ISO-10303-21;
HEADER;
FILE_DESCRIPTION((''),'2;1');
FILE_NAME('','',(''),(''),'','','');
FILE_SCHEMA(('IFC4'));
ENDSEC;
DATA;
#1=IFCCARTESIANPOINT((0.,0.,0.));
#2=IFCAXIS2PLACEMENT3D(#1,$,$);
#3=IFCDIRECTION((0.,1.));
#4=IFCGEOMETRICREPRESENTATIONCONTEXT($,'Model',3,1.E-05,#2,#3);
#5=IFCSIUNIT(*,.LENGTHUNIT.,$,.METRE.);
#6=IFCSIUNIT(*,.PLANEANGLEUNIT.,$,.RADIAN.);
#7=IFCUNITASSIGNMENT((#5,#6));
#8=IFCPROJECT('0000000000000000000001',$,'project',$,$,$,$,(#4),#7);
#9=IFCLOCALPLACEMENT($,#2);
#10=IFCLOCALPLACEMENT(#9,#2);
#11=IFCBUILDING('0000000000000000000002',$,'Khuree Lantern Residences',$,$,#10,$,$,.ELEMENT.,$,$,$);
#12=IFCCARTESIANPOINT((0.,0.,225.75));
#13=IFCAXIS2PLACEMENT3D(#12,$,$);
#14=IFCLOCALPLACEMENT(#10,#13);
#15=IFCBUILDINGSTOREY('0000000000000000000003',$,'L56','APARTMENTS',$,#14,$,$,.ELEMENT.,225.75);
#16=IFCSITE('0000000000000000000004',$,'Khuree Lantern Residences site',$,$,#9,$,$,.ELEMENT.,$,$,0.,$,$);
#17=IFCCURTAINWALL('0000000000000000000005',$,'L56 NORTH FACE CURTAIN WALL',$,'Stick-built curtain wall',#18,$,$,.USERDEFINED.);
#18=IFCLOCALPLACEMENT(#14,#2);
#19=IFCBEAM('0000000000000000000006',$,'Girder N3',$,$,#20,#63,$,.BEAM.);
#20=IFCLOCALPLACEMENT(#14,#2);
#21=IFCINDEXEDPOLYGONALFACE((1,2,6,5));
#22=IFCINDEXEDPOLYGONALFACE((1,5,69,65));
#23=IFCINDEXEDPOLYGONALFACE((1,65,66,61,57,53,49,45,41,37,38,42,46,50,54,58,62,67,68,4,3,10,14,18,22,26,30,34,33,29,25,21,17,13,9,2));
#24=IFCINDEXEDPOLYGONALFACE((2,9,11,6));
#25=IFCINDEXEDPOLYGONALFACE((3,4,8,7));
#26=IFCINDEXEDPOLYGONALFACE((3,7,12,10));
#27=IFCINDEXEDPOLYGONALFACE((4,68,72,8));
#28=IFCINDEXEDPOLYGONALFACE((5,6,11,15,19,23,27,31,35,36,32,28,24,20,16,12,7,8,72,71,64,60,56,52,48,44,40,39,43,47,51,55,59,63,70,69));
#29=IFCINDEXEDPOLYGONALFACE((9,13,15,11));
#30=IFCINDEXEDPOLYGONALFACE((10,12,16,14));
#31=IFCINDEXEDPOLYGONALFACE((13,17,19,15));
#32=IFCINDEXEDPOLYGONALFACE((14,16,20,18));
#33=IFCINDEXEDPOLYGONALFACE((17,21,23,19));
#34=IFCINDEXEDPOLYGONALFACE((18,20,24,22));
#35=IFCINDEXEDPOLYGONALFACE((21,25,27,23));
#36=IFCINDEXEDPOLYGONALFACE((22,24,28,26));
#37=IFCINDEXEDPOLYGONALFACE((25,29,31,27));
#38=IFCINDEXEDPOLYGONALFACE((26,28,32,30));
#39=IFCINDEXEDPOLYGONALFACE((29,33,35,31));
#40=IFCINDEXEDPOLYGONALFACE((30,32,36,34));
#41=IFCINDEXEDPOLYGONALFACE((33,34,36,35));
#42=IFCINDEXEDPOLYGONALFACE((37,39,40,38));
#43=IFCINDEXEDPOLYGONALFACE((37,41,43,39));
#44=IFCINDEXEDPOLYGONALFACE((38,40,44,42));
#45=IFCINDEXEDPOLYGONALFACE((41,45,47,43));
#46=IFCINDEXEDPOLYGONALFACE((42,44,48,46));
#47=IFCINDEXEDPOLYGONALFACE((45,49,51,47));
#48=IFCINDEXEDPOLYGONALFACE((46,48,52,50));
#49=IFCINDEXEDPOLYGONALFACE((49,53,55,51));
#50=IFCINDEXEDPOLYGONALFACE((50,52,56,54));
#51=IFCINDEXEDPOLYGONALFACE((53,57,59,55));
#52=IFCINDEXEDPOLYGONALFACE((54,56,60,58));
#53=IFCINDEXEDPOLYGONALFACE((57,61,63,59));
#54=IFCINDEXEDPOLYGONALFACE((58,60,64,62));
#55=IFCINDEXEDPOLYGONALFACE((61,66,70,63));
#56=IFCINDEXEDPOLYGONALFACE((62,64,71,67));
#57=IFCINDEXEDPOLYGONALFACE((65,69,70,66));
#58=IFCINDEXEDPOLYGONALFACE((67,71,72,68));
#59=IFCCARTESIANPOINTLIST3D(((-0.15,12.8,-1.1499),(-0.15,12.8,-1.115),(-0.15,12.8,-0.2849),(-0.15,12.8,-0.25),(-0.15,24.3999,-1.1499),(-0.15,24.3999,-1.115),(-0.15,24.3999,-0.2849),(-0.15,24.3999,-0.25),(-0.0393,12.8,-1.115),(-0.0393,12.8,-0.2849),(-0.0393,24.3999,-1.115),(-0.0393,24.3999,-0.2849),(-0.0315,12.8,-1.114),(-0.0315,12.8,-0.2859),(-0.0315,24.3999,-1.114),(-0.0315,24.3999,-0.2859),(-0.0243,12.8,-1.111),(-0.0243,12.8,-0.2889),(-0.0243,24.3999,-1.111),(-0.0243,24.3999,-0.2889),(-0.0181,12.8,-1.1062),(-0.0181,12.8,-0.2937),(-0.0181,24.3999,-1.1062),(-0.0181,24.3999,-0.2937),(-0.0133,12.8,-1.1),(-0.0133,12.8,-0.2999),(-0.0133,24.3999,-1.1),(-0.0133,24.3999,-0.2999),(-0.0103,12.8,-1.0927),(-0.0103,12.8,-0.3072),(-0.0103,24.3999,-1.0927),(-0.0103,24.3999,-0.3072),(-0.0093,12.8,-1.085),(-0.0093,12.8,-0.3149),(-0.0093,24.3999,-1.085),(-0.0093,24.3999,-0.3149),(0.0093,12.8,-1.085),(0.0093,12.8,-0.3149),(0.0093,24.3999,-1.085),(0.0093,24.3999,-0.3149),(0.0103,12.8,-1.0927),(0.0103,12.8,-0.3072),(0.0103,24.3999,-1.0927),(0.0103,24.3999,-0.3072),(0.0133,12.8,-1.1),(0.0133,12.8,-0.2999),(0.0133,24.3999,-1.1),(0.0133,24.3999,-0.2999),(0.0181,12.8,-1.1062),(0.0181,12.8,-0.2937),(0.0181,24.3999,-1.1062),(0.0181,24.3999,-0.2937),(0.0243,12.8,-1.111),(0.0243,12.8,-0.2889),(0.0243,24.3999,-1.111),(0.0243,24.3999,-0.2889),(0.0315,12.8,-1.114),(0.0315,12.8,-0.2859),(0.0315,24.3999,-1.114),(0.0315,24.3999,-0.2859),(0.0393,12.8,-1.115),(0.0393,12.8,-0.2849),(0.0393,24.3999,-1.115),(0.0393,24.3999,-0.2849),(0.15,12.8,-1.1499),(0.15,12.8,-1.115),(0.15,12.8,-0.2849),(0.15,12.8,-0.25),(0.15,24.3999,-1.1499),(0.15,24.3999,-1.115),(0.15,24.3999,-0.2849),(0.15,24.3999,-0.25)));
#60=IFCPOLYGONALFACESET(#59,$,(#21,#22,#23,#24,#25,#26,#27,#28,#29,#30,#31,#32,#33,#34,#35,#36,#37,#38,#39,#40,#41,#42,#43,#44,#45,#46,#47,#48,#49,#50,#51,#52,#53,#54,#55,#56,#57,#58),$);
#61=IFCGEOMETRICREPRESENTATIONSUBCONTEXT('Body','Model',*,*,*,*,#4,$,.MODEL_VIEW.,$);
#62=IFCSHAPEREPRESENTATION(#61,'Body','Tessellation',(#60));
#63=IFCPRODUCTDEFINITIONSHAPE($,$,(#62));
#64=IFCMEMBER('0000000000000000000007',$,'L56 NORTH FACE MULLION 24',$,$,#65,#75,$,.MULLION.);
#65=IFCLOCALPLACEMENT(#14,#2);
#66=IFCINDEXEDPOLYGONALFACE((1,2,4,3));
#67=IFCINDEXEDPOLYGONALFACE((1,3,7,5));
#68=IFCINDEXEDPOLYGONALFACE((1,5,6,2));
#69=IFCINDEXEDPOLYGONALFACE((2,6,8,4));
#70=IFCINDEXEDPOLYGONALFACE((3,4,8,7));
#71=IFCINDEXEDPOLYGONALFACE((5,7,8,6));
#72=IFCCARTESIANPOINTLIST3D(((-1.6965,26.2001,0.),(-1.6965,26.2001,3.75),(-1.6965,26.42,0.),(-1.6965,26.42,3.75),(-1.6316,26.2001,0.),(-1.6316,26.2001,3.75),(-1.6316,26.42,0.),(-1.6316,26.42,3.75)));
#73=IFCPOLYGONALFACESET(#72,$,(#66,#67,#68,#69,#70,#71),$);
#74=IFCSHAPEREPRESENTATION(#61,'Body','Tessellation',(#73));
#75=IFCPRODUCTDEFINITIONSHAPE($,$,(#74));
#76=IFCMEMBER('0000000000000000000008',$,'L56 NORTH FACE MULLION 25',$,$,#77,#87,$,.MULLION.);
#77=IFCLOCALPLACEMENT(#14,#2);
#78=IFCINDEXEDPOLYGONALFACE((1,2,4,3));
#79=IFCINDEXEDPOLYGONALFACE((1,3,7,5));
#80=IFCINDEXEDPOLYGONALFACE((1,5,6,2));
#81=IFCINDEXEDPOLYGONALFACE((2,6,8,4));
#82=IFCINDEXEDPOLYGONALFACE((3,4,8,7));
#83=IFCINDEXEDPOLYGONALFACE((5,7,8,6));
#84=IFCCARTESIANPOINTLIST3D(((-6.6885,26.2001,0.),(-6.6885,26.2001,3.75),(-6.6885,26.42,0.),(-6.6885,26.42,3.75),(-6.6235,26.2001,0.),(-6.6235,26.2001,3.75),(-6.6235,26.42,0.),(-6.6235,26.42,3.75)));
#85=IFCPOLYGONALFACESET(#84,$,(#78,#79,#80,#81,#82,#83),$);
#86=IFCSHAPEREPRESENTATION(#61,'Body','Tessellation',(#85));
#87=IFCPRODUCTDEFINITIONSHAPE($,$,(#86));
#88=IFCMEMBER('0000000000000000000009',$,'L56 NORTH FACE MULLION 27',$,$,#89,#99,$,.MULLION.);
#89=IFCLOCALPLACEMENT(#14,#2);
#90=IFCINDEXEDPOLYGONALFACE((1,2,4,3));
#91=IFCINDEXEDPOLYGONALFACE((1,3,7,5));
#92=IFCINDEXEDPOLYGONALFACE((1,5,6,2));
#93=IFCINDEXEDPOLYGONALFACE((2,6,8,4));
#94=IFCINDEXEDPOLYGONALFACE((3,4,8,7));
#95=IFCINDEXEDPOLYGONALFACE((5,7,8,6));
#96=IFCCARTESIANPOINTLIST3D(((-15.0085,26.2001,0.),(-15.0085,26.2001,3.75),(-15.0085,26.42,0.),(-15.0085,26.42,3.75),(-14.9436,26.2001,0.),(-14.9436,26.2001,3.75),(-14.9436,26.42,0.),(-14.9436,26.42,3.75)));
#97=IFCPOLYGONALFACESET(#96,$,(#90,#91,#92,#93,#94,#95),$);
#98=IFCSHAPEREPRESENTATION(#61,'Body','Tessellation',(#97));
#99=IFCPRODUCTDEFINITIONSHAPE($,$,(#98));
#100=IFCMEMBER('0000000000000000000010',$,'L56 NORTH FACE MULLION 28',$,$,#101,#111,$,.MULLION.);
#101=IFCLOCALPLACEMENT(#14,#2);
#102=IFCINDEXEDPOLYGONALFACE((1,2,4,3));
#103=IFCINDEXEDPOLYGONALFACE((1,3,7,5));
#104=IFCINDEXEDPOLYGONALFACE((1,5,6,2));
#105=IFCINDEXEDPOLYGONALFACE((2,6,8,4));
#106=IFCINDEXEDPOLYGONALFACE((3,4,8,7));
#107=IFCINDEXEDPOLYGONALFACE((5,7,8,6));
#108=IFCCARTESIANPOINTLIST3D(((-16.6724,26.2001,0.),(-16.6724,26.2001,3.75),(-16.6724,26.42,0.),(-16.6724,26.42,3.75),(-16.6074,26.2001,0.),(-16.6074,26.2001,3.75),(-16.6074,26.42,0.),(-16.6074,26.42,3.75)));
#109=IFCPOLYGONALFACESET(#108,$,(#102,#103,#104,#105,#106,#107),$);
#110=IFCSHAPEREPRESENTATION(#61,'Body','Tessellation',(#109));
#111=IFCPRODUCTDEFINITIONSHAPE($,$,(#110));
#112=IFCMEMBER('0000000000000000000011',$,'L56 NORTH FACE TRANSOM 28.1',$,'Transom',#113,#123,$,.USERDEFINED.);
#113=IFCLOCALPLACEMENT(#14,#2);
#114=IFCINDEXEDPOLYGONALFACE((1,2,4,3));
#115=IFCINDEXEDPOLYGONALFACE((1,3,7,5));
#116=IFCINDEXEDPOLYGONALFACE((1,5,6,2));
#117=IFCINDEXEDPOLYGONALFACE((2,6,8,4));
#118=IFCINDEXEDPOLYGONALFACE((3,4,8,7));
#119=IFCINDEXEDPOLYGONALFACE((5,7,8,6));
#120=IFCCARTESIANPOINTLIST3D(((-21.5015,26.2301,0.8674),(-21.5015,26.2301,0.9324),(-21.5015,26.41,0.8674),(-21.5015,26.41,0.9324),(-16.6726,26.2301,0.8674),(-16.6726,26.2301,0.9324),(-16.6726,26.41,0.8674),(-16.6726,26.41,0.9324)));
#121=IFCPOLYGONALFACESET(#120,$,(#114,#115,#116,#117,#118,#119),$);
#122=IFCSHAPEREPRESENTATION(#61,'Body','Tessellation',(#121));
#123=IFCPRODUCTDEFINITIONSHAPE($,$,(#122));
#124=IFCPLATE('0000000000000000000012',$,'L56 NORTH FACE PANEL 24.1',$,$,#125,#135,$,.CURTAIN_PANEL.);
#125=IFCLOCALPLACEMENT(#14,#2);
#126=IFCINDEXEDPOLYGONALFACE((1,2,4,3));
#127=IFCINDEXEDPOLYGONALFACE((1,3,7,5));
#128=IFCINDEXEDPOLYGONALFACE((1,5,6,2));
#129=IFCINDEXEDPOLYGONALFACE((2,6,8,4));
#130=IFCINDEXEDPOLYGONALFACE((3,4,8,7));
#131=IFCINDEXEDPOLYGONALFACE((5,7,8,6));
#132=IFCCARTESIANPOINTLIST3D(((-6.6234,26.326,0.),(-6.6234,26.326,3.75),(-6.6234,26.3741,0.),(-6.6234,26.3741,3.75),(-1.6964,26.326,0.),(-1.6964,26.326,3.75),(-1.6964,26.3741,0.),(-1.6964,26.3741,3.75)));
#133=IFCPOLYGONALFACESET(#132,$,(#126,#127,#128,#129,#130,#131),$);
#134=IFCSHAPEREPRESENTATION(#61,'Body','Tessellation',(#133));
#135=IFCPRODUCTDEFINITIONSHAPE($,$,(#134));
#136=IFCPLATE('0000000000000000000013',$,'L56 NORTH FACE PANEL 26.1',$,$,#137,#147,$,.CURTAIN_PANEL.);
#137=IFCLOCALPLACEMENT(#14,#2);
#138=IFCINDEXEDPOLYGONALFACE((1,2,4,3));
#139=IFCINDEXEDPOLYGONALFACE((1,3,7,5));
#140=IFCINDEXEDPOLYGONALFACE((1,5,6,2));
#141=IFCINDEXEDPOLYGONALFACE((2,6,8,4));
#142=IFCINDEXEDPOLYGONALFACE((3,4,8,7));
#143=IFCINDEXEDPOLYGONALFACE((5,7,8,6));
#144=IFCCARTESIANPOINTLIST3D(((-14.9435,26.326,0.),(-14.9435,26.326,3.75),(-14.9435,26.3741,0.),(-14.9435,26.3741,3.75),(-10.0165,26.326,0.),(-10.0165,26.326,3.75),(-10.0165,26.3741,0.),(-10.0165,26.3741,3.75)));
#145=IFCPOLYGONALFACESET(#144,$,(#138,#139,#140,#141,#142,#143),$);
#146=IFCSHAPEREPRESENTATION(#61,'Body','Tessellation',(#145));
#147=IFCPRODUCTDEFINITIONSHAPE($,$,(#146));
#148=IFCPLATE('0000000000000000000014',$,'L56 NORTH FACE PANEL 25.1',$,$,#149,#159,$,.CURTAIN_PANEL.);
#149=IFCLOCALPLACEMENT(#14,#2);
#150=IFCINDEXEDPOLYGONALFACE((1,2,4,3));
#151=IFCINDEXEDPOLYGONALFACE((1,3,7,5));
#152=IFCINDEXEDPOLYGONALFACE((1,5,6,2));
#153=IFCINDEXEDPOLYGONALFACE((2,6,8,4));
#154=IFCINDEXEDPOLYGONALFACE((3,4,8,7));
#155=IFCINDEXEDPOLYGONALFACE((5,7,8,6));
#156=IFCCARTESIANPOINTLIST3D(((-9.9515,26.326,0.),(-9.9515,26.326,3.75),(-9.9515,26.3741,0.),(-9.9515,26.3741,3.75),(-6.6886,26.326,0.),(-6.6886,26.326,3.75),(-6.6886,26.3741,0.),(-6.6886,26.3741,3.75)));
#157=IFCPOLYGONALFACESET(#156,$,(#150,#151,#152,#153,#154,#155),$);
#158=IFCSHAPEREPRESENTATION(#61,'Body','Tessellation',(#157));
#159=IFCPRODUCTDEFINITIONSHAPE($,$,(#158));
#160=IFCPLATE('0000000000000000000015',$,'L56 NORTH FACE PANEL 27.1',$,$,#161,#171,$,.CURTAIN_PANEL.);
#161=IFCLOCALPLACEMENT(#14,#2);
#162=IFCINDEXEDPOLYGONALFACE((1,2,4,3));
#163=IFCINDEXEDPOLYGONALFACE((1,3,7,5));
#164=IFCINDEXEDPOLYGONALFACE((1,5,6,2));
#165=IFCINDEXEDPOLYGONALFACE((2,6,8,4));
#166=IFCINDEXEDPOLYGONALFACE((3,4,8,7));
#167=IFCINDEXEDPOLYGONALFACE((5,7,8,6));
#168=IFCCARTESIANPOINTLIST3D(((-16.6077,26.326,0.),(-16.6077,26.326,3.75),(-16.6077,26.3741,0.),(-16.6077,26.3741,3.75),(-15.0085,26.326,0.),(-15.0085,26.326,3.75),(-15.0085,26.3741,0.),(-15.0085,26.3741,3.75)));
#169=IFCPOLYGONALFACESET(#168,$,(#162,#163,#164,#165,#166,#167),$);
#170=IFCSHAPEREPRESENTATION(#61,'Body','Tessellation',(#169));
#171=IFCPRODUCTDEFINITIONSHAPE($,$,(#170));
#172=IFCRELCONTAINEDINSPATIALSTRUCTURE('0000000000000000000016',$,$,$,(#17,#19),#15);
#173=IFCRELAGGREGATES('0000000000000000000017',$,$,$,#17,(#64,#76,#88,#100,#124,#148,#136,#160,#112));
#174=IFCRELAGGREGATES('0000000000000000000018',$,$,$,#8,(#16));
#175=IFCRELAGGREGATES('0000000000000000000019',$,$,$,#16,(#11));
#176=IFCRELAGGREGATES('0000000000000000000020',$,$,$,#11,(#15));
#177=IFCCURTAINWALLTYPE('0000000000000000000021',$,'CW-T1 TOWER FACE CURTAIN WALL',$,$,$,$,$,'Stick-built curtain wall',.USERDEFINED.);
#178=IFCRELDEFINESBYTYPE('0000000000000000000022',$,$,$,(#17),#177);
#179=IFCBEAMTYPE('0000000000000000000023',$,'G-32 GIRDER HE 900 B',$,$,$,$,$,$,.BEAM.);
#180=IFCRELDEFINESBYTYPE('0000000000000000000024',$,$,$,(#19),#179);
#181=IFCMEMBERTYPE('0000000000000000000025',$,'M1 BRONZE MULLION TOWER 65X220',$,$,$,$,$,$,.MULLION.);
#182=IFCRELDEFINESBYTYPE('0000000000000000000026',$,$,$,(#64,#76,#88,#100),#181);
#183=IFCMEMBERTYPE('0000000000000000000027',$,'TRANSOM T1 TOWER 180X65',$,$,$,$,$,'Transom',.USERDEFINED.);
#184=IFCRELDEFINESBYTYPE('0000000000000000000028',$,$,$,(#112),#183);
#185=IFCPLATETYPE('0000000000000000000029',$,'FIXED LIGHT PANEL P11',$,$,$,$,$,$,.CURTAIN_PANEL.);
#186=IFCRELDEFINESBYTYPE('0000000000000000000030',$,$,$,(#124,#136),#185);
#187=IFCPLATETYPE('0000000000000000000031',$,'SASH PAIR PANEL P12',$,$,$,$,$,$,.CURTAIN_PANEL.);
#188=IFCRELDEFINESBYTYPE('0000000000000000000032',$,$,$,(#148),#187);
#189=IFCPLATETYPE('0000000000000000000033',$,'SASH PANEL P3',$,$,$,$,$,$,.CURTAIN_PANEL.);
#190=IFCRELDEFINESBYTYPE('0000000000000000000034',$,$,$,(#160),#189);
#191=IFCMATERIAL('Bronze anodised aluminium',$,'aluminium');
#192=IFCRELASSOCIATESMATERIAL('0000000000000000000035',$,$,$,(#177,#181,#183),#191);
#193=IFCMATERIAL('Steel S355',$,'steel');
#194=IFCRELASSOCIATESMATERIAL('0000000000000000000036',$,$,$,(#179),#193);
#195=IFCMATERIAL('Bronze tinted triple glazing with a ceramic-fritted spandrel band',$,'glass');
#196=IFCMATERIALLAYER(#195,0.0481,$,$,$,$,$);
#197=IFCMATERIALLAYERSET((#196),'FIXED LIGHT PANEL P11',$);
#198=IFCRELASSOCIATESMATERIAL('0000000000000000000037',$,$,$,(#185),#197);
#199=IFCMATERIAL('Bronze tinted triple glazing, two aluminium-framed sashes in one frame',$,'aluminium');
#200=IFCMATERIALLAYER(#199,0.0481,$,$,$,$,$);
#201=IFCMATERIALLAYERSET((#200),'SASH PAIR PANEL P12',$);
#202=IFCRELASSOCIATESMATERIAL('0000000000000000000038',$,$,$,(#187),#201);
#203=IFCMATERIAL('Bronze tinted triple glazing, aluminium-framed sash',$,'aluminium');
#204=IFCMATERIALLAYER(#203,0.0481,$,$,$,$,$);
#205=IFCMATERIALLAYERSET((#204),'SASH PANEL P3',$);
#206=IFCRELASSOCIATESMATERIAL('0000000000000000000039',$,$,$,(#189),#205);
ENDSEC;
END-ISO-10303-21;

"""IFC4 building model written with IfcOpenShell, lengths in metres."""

from ifc_helpers import new_model, si_unit, direction, frame, origin, origin_2d, place, context, subcontext, project, spatial, rectangle, i_section, extrude, material, layer, layer_set, material_profile, profile_set, type_object, element, aggregate, save


model = new_model("IFC4")

# Units and contexts
model_context = context("Model", 3, precision=1e-05, world=origin(), true_north=direction((0.0, 1.0)))
body_context = subcontext(model_context, "Body", "Model", "MODEL_VIEW")
ifc_project = project(units=[si_unit("LENGTHUNIT", "METRE"), si_unit("PLANEANGLEUNIT", "RADIAN")], contexts=[model_context])

# Site, building, storey
site_placement = place(None, origin())
site = spatial("IfcSite", under=ifc_project, at=site_placement, Name="Khuree Lantern Residences site", CompositionType="ELEMENT", RefElevation=0.0)
building_placement = place(site_placement, origin())
building = spatial("IfcBuilding", under=site, at=building_placement, Name="Khuree Lantern Residences", CompositionType="ELEMENT")
storey_placement = place(building_placement, frame((0.0, 0.0, 225.75)))
storey = spatial("IfcBuildingStorey", under=building, at=storey_placement, Name="L56", Description="APARTMENTS", CompositionType="ELEMENT", Elevation=225.75)

# Shared definitions
ifc_material_1 = material(Name="Steel S355", Category="steel")

# Curtain wall
ifc_material_2 = material(Name="Bronze anodised aluminium", Category="aluminium")
curtain_wall_type = type_object("IfcCurtainWallType", Name="CW-T1 TOWER FACE CURTAIN WALL", ElementType="Stick-built curtain wall", PredefinedType="USERDEFINED", material=ifc_material_2)
curtain_wall_placement = place(storey_placement, origin())
curtain_wall = element("IfcCurtainWall", 1, at=curtain_wall_placement, inside=storey, type_object=curtain_wall_type, Name="L56 NORTH FACE CURTAIN WALL", ObjectType="Stick-built curtain wall", PredefinedType="USERDEFINED")

# Beam
ifc_material_profile_1 = material_profile(ifc_material_1, i_section(OverallWidth=0.3, OverallDepth=0.8999, WebThickness=0.0186, FlangeThickness=0.0349, FilletRadius=0.03, at=origin_2d()), Name="HE 900 B")
ifc_profile_set_1 = profile_set([ifc_material_profile_1], Name="Steel S355")
beam_type_1 = type_object("IfcBeamType", Name="G-32 GIRDER HE 900 B", PredefinedType="BEAM", material=ifc_profile_set_1)
for number, where, z_axis, x_axis, name in (
    (2, (0.0, 24.3999, -0.7), (0.0, -1.0, 0.0), (1.0, 0.0, 0.0), "Girder N3"),
):
    element("IfcBeam", number, at=place(storey_placement, frame(where, z_axis=z_axis, x_axis=x_axis)), inside=storey, type_object=beam_type_1, Name=name, PredefinedType="BEAM", context=body_context, shape_type="SweptSolid", body=[
        extrude(i_section(OverallWidth=0.3, OverallDepth=0.8999, WebThickness=0.0186, FlangeThickness=0.0349, FilletRadius=0.03, at=origin_2d()), origin(), (0.0, 0.0, 1.0), 11.5999),
    ])

# Members
ifc_material_profile_2 = material_profile(ifc_material_2, rectangle(XDim=0.0649, YDim=0.22, at=origin_2d()), Name="M1 65X220")
ifc_profile_set_2 = profile_set([ifc_material_profile_2], Name="Bronze anodised aluminium")
member_type_1 = type_object("IfcMemberType", Name="M1 BRONZE MULLION TOWER 65X220", PredefinedType="MULLION", material=ifc_profile_set_2)
member_1_placement = place(storey_placement, frame((-1.6641, 26.3101, 0.0), z_axis=(0.0, 0.0, 1.0), x_axis=(-1.0, 0.0, 0.0)))
member_1 = element("IfcMember", 3, at=member_1_placement, type_object=member_type_1, Name="L56 NORTH FACE MULLION 24", PredefinedType="MULLION", context=body_context, shape_type="SweptSolid", body=[
    extrude(rectangle(XDim=0.0649, YDim=0.22, at=origin_2d()), origin(), (0.0, 0.0, 1.0), 3.75),
])
member_2_placement = place(storey_placement, frame((-6.656, 26.3101, 0.0), z_axis=(0.0, 0.0, 1.0), x_axis=(-1.0, 0.0, 0.0)))
member_2 = element("IfcMember", 4, at=member_2_placement, type_object=member_type_1, Name="L56 NORTH FACE MULLION 25", PredefinedType="MULLION", context=body_context, shape_type="SweptSolid", body=[
    extrude(rectangle(XDim=0.0649, YDim=0.22, at=origin_2d()), origin(), (0.0, 0.0, 1.0), 3.75),
])
member_3_placement = place(storey_placement, frame((-14.9761, 26.3101, 0.0), z_axis=(0.0, 0.0, 1.0), x_axis=(-1.0, 0.0, 0.0)))
member_3 = element("IfcMember", 5, at=member_3_placement, type_object=member_type_1, Name="L56 NORTH FACE MULLION 27", PredefinedType="MULLION", context=body_context, shape_type="SweptSolid", body=[
    extrude(rectangle(XDim=0.0649, YDim=0.22, at=origin_2d()), origin(), (0.0, 0.0, 1.0), 3.75),
])
member_4_placement = place(storey_placement, frame((-16.6399, 26.3101, 0.0), z_axis=(0.0, 0.0, 1.0), x_axis=(-1.0, 0.0, 0.0)))
member_4 = element("IfcMember", 6, at=member_4_placement, type_object=member_type_1, Name="L56 NORTH FACE MULLION 28", PredefinedType="MULLION", context=body_context, shape_type="SweptSolid", body=[
    extrude(rectangle(XDim=0.0649, YDim=0.22, at=origin_2d()), origin(), (0.0, 0.0, 1.0), 3.75),
])
ifc_material_profile_3 = material_profile(ifc_material_2, rectangle(XDim=0.1799, YDim=0.0649, at=origin_2d()), Name="T1 180X65")
ifc_profile_set_3 = profile_set([ifc_material_profile_3], Name="Bronze anodised aluminium")
member_type_2 = type_object("IfcMemberType", Name="TRANSOM T1 TOWER 180X65", ElementType="Transom", PredefinedType="USERDEFINED", material=ifc_profile_set_3)
member_5_placement = place(storey_placement, frame((-16.6726, 26.3201, 0.8999), z_axis=(-1.0, 0.0, 0.0), x_axis=(0.0, -1.0, 0.0)))
member_5 = element("IfcMember", 7, at=member_5_placement, type_object=member_type_2, Name="L56 NORTH FACE TRANSOM 28.1", ObjectType="Transom", PredefinedType="USERDEFINED", context=body_context, shape_type="SweptSolid", body=[
    extrude(rectangle(XDim=0.1799, YDim=0.0649, at=origin_2d()), origin(), (0.0, 0.0, 1.0), 4.8289),
])

# Plates
ifc_material_3 = material(Name="Bronze tinted triple glazing with a ceramic-fritted spandrel band", Category="glass")
ifc_layer_1 = layer(ifc_material_3, 0.0481)
ifc_layer_set_1 = layer_set([ifc_layer_1], Name="FIXED LIGHT PANEL P11")
plate_type_1 = type_object("IfcPlateType", Name="FIXED LIGHT PANEL P11", PredefinedType="CURTAIN_PANEL", material=ifc_layer_set_1)
plate_1_placement = place(storey_placement, frame((-4.1599, 26.3501, 0.0), z_axis=(0.0, 0.0, 1.0), x_axis=(-1.0, 0.0, 0.0)))
plate_1 = element("IfcPlate", 8, at=plate_1_placement, type_object=plate_type_1, Name="L56 NORTH FACE PANEL 24.1", PredefinedType="CURTAIN_PANEL", context=body_context, shape_type="SweptSolid", body=[
    extrude(rectangle(XDim=4.927, YDim=0.0481, at=origin_2d()), origin(), (0.0, 0.0, 1.0), 3.75),
])
plate_2_placement = place(storey_placement, frame((-12.48, 26.3501, 0.0), z_axis=(0.0, 0.0, 1.0), x_axis=(-1.0, 0.0, 0.0)))
plate_2 = element("IfcPlate", 9, at=plate_2_placement, type_object=plate_type_1, Name="L56 NORTH FACE PANEL 26.1", PredefinedType="CURTAIN_PANEL", context=body_context, shape_type="SweptSolid", body=[
    extrude(rectangle(XDim=4.927, YDim=0.0481, at=origin_2d()), origin(), (0.0, 0.0, 1.0), 3.75),
])
ifc_material_4 = material(Name="Bronze tinted triple glazing, two aluminium-framed sashes in one frame", Category="aluminium")
ifc_layer_2 = layer(ifc_material_4, 0.0481)
ifc_layer_set_2 = layer_set([ifc_layer_2], Name="SASH PAIR PANEL P12")
plate_type_2 = type_object("IfcPlateType", Name="SASH PAIR PANEL P12", PredefinedType="CURTAIN_PANEL", material=ifc_layer_set_2)
plate_3_placement = place(storey_placement, frame((-8.3201, 26.3501, 0.0), z_axis=(0.0, 0.0, 1.0), x_axis=(-1.0, 0.0, 0.0)))
plate_3 = element("IfcPlate", 10, at=plate_3_placement, type_object=plate_type_2, Name="L56 NORTH FACE PANEL 25.1", PredefinedType="CURTAIN_PANEL", context=body_context, shape_type="SweptSolid", body=[
    extrude(rectangle(XDim=3.2629, YDim=0.0481, at=origin_2d()), origin(), (0.0, 0.0, 1.0), 3.75),
])
ifc_material_5 = material(Name="Bronze tinted triple glazing, aluminium-framed sash", Category="aluminium")
ifc_layer_3 = layer(ifc_material_5, 0.0481)
ifc_layer_set_3 = layer_set([ifc_layer_3], Name="SASH PANEL P3")
plate_type_3 = type_object("IfcPlateType", Name="SASH PANEL P3", PredefinedType="CURTAIN_PANEL", material=ifc_layer_set_3)
plate_4_placement = place(storey_placement, frame((-15.8081, 26.3501, 0.0), z_axis=(0.0, 0.0, 1.0), x_axis=(-1.0, 0.0, 0.0)))
plate_4 = element("IfcPlate", 11, at=plate_4_placement, type_object=plate_type_3, Name="L56 NORTH FACE PANEL 27.1", PredefinedType="CURTAIN_PANEL", context=body_context, shape_type="SweptSolid", body=[
    extrude(rectangle(XDim=1.5991, YDim=0.0481, at=origin_2d()), origin(), (0.0, 0.0, 1.0), 3.75),
])
aggregate(curtain_wall, [member_1, member_2, member_3, member_4, plate_1, plate_3, plate_2, plate_4, member_5])

save(model, "model.ifc")
